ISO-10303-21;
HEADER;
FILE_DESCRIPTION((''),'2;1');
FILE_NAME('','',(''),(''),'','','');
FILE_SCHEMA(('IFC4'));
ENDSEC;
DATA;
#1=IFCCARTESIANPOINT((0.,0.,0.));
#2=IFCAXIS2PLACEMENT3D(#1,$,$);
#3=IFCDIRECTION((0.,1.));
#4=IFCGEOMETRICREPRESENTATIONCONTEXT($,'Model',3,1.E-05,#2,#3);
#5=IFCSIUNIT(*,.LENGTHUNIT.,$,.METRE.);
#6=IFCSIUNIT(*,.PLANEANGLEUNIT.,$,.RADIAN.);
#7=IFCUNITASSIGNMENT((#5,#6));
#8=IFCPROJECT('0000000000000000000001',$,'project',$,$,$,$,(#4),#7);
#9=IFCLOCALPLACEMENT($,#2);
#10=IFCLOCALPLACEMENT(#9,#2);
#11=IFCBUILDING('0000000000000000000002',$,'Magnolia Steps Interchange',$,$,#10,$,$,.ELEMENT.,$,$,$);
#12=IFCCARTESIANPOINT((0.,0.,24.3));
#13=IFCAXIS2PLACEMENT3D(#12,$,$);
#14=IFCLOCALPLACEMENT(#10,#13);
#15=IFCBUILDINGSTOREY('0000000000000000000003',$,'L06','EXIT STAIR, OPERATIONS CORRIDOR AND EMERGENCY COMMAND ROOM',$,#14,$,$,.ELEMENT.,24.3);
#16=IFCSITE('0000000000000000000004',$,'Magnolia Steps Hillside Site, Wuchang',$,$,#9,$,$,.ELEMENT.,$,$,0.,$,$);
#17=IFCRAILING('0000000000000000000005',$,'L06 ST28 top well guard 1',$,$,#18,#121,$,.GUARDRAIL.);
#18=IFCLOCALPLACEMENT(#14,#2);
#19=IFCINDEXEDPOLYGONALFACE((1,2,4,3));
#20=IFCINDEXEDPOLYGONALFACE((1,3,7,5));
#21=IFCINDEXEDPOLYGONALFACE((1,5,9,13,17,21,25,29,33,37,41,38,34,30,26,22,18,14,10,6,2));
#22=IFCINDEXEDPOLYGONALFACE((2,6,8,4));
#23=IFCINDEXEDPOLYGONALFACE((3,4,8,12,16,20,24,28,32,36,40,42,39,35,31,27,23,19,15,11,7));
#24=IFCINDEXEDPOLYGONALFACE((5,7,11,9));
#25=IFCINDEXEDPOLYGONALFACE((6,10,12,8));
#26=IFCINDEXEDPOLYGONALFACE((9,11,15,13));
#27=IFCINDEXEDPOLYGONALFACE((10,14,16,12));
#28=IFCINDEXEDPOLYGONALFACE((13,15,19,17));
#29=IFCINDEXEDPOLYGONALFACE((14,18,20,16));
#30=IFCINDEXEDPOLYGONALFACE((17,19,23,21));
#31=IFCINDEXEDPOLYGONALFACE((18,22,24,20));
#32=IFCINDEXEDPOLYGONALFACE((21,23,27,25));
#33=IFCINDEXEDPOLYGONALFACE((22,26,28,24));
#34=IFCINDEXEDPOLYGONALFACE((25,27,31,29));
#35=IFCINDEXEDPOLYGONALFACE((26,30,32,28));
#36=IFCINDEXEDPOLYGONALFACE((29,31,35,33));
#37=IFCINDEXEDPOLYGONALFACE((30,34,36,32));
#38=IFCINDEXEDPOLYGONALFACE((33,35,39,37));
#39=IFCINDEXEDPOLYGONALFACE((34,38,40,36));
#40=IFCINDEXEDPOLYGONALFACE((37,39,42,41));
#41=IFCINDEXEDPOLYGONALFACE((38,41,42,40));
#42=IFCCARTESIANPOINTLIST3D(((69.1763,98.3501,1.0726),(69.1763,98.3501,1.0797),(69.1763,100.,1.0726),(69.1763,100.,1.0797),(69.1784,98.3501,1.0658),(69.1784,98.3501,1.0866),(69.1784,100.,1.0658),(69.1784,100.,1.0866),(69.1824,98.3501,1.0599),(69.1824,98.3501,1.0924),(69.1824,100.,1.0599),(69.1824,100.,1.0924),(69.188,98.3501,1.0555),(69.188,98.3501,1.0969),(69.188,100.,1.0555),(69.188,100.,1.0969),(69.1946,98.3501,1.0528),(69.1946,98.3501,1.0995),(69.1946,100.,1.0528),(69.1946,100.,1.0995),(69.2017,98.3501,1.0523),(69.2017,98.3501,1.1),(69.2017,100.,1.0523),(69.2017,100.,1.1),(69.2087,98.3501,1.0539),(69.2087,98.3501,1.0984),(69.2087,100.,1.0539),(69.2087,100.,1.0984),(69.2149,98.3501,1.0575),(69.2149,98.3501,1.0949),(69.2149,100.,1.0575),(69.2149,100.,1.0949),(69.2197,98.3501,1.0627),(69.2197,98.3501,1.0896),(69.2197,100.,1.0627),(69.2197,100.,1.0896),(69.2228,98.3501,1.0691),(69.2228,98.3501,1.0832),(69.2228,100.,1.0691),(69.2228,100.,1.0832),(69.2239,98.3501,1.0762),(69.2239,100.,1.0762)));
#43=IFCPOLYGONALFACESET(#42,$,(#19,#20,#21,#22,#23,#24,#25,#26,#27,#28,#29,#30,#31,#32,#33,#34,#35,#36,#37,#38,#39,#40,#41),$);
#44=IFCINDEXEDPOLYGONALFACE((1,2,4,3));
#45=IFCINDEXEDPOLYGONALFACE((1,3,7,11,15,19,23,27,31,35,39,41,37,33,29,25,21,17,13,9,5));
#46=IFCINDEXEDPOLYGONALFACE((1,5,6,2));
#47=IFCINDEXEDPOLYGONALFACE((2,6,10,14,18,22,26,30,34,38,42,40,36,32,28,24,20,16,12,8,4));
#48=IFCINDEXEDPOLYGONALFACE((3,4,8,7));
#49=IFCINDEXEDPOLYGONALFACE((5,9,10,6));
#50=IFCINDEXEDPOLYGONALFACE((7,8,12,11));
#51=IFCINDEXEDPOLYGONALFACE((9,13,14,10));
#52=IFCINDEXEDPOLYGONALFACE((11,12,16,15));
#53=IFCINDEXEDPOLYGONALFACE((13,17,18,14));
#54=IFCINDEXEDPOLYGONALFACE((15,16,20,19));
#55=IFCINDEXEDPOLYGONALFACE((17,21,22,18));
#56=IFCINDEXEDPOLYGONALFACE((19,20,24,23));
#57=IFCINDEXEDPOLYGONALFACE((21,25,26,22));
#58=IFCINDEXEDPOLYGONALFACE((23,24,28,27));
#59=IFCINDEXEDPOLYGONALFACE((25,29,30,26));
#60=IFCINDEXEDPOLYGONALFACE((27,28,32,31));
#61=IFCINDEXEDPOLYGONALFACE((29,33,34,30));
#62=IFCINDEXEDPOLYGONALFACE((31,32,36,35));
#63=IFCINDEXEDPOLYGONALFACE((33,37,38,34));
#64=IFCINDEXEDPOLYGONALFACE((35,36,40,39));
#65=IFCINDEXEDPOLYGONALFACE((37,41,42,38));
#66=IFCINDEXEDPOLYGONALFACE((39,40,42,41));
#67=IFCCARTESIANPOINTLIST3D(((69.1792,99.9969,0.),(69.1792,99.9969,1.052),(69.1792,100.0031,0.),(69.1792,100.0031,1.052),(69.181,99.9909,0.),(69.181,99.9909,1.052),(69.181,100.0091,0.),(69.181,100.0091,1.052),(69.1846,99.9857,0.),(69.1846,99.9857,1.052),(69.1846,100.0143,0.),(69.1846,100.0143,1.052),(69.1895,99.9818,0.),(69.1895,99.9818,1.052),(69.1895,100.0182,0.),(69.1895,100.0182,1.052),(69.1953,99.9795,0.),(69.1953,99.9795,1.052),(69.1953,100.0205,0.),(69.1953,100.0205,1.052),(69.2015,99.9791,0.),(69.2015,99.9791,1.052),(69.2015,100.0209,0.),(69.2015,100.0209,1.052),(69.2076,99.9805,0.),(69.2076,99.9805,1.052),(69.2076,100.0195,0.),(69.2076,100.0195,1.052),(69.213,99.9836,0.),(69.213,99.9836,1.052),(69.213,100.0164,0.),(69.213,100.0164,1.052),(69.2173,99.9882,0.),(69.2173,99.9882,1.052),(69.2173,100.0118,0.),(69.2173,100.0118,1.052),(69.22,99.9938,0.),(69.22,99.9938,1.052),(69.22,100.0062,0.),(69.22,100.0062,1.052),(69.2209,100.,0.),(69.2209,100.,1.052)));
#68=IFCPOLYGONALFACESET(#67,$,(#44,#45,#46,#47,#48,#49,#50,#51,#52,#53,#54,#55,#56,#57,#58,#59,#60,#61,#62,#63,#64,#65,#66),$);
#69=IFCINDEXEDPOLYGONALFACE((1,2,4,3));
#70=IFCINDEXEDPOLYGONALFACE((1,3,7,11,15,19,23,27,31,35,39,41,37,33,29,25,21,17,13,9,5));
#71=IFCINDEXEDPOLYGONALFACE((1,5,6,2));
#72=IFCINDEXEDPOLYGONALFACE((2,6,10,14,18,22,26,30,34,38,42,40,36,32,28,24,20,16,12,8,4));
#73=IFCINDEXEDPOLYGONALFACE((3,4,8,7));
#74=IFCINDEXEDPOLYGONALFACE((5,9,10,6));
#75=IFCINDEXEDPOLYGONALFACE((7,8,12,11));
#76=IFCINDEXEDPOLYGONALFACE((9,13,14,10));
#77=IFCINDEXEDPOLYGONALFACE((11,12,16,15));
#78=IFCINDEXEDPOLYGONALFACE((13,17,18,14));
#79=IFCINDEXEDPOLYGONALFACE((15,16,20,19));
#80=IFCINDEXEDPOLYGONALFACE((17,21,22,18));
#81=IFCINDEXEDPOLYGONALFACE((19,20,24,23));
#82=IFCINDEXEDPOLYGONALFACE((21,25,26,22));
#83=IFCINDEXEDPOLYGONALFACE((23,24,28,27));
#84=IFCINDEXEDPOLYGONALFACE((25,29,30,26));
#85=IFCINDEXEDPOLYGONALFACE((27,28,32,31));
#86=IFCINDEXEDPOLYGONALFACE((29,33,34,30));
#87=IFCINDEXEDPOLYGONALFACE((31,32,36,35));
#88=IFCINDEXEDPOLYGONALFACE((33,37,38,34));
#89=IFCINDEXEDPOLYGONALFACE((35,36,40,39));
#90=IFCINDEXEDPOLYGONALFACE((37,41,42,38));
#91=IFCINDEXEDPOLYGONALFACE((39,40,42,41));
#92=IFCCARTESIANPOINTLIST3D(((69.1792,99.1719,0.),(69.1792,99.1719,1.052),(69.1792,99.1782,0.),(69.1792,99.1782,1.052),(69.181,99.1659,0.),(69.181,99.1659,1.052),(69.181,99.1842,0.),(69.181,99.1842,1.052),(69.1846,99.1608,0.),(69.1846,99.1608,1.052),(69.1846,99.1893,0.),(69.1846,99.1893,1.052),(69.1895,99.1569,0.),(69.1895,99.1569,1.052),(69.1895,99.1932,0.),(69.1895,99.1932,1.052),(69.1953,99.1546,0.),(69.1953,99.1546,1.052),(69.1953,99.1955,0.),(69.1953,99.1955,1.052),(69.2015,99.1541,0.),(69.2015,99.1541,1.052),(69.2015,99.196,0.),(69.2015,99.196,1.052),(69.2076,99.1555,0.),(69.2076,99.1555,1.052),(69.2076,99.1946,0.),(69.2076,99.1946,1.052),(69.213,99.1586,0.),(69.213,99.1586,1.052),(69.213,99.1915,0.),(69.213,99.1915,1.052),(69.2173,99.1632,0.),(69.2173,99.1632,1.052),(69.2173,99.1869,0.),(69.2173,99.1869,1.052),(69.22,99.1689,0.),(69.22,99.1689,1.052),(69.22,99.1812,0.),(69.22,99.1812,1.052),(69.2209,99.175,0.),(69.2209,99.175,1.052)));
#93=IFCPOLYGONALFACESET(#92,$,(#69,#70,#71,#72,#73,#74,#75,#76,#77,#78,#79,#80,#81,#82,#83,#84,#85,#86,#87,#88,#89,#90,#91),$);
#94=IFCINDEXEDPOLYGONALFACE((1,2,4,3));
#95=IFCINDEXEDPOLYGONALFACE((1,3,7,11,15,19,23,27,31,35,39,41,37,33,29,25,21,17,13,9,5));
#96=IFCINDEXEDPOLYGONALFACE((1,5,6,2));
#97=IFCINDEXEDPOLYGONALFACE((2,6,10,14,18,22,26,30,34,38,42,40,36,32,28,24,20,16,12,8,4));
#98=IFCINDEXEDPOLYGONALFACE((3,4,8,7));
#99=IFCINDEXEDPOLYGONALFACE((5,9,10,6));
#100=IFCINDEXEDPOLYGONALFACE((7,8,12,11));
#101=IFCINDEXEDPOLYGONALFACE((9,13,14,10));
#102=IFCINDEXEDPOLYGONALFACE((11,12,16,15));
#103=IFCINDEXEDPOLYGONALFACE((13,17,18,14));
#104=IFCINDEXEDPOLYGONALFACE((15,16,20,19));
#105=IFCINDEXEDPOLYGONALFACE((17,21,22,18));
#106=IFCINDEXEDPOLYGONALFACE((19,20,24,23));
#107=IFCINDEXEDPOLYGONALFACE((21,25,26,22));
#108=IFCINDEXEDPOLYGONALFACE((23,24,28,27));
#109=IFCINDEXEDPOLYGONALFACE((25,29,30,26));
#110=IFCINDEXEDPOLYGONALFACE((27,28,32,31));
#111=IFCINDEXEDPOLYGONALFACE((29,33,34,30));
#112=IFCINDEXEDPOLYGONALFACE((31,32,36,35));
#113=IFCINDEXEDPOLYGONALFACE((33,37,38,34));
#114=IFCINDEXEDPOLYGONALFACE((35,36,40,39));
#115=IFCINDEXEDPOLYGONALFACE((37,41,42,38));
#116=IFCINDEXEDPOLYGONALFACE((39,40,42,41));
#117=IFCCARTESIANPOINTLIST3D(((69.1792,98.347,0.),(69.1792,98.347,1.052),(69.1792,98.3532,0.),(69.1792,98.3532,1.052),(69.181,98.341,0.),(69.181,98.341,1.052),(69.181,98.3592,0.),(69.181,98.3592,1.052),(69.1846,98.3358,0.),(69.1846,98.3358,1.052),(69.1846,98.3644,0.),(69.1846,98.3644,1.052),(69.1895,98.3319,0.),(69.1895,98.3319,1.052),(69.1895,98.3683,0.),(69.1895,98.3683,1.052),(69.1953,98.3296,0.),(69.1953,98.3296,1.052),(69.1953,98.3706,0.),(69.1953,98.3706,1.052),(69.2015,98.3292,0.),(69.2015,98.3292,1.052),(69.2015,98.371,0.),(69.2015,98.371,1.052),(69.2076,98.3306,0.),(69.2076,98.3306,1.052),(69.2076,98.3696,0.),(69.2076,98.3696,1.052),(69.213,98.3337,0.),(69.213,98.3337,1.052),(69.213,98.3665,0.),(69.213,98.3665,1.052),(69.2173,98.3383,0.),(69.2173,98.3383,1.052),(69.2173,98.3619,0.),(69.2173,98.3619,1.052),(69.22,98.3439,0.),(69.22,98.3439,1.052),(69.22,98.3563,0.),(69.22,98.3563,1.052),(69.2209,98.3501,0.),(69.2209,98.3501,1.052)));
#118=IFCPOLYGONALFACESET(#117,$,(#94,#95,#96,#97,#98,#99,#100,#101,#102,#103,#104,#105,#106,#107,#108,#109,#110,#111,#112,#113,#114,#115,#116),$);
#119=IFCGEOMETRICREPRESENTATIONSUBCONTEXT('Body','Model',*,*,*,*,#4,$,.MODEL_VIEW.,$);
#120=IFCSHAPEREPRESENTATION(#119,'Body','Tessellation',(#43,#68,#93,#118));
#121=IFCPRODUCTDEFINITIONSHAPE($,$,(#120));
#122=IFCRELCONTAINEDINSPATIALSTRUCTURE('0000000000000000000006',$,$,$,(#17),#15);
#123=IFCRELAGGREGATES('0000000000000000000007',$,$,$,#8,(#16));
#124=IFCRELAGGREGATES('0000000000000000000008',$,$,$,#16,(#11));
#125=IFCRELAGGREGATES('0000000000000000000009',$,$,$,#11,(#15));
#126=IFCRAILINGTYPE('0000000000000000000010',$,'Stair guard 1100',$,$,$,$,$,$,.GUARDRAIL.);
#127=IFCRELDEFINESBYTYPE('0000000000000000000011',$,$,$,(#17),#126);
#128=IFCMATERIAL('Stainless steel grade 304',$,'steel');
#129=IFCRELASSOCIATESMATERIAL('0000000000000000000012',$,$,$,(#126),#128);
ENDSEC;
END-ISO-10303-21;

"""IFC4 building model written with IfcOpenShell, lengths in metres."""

from ifc_helpers import new_model, si_unit, direction, frame, origin, origin_2d, place, context, subcontext, project, spatial, circle, extrude, material, type_object, element, save


model = new_model("IFC4")

# Units and contexts
model_context = context("Model", 3, precision=1e-05, world=origin(), true_north=direction((0.0, 1.0)))
body_context = subcontext(model_context, "Body", "Model", "MODEL_VIEW")
ifc_project = project(units=[si_unit("LENGTHUNIT", "METRE"), si_unit("PLANEANGLEUNIT", "RADIAN")], contexts=[model_context])

# Site, building, storey
site_placement = place(None, origin())
site = spatial("IfcSite", under=ifc_project, at=site_placement, Name="Magnolia Steps Hillside Site, Wuchang", CompositionType="ELEMENT", RefElevation=0.0)
building_placement = place(site_placement, origin())
building = spatial("IfcBuilding", under=site, at=building_placement, Name="Magnolia Steps Interchange", CompositionType="ELEMENT")
storey_placement = place(building_placement, frame((0.0, 0.0, 24.3)))
storey = spatial("IfcBuildingStorey", under=building, at=storey_placement, Name="L06", Description="EXIT STAIR, OPERATIONS CORRIDOR AND EMERGENCY COMMAND ROOM", CompositionType="ELEMENT", Elevation=24.3)

# Railing
ifc_material_1 = material(Name="Stainless steel grade 304", Category="steel")
railing_type = type_object("IfcRailingType", Name="Stair guard 1100", PredefinedType="GUARDRAIL", material=ifc_material_1)
railing_placement = place(storey_placement, frame((69.2, 100.0, 0.0)))
element("IfcRailing", 1, at=railing_placement, inside=storey, type_object=railing_type, Name="L06 ST28 top well guard 1", PredefinedType="GUARDRAIL", context=body_context, shape_type="SweptSolid", body=[
    extrude(circle(Radius=0.0239, at=origin_2d()), frame((0.0, 0.0, 1.0762), z_axis=(0.0, -1.0, 0.0), x_axis=(1.0, 0.0, 0.0)), (0.0, 0.0, 1.0), 1.6499),
    extrude(circle(Radius=0.021, at=origin_2d()), origin(), (0.0, 0.0, 1.0), 1.052),
    extrude(circle(Radius=0.021, at=origin_2d()), frame((0.0, -0.825, 0.0)), (0.0, 0.0, 1.0), 1.052),
    extrude(circle(Radius=0.021, at=origin_2d()), frame((0.0, -1.6499, 0.0)), (0.0, 0.0, 1.0), 1.052),
])

save(model, "model.ifc")
